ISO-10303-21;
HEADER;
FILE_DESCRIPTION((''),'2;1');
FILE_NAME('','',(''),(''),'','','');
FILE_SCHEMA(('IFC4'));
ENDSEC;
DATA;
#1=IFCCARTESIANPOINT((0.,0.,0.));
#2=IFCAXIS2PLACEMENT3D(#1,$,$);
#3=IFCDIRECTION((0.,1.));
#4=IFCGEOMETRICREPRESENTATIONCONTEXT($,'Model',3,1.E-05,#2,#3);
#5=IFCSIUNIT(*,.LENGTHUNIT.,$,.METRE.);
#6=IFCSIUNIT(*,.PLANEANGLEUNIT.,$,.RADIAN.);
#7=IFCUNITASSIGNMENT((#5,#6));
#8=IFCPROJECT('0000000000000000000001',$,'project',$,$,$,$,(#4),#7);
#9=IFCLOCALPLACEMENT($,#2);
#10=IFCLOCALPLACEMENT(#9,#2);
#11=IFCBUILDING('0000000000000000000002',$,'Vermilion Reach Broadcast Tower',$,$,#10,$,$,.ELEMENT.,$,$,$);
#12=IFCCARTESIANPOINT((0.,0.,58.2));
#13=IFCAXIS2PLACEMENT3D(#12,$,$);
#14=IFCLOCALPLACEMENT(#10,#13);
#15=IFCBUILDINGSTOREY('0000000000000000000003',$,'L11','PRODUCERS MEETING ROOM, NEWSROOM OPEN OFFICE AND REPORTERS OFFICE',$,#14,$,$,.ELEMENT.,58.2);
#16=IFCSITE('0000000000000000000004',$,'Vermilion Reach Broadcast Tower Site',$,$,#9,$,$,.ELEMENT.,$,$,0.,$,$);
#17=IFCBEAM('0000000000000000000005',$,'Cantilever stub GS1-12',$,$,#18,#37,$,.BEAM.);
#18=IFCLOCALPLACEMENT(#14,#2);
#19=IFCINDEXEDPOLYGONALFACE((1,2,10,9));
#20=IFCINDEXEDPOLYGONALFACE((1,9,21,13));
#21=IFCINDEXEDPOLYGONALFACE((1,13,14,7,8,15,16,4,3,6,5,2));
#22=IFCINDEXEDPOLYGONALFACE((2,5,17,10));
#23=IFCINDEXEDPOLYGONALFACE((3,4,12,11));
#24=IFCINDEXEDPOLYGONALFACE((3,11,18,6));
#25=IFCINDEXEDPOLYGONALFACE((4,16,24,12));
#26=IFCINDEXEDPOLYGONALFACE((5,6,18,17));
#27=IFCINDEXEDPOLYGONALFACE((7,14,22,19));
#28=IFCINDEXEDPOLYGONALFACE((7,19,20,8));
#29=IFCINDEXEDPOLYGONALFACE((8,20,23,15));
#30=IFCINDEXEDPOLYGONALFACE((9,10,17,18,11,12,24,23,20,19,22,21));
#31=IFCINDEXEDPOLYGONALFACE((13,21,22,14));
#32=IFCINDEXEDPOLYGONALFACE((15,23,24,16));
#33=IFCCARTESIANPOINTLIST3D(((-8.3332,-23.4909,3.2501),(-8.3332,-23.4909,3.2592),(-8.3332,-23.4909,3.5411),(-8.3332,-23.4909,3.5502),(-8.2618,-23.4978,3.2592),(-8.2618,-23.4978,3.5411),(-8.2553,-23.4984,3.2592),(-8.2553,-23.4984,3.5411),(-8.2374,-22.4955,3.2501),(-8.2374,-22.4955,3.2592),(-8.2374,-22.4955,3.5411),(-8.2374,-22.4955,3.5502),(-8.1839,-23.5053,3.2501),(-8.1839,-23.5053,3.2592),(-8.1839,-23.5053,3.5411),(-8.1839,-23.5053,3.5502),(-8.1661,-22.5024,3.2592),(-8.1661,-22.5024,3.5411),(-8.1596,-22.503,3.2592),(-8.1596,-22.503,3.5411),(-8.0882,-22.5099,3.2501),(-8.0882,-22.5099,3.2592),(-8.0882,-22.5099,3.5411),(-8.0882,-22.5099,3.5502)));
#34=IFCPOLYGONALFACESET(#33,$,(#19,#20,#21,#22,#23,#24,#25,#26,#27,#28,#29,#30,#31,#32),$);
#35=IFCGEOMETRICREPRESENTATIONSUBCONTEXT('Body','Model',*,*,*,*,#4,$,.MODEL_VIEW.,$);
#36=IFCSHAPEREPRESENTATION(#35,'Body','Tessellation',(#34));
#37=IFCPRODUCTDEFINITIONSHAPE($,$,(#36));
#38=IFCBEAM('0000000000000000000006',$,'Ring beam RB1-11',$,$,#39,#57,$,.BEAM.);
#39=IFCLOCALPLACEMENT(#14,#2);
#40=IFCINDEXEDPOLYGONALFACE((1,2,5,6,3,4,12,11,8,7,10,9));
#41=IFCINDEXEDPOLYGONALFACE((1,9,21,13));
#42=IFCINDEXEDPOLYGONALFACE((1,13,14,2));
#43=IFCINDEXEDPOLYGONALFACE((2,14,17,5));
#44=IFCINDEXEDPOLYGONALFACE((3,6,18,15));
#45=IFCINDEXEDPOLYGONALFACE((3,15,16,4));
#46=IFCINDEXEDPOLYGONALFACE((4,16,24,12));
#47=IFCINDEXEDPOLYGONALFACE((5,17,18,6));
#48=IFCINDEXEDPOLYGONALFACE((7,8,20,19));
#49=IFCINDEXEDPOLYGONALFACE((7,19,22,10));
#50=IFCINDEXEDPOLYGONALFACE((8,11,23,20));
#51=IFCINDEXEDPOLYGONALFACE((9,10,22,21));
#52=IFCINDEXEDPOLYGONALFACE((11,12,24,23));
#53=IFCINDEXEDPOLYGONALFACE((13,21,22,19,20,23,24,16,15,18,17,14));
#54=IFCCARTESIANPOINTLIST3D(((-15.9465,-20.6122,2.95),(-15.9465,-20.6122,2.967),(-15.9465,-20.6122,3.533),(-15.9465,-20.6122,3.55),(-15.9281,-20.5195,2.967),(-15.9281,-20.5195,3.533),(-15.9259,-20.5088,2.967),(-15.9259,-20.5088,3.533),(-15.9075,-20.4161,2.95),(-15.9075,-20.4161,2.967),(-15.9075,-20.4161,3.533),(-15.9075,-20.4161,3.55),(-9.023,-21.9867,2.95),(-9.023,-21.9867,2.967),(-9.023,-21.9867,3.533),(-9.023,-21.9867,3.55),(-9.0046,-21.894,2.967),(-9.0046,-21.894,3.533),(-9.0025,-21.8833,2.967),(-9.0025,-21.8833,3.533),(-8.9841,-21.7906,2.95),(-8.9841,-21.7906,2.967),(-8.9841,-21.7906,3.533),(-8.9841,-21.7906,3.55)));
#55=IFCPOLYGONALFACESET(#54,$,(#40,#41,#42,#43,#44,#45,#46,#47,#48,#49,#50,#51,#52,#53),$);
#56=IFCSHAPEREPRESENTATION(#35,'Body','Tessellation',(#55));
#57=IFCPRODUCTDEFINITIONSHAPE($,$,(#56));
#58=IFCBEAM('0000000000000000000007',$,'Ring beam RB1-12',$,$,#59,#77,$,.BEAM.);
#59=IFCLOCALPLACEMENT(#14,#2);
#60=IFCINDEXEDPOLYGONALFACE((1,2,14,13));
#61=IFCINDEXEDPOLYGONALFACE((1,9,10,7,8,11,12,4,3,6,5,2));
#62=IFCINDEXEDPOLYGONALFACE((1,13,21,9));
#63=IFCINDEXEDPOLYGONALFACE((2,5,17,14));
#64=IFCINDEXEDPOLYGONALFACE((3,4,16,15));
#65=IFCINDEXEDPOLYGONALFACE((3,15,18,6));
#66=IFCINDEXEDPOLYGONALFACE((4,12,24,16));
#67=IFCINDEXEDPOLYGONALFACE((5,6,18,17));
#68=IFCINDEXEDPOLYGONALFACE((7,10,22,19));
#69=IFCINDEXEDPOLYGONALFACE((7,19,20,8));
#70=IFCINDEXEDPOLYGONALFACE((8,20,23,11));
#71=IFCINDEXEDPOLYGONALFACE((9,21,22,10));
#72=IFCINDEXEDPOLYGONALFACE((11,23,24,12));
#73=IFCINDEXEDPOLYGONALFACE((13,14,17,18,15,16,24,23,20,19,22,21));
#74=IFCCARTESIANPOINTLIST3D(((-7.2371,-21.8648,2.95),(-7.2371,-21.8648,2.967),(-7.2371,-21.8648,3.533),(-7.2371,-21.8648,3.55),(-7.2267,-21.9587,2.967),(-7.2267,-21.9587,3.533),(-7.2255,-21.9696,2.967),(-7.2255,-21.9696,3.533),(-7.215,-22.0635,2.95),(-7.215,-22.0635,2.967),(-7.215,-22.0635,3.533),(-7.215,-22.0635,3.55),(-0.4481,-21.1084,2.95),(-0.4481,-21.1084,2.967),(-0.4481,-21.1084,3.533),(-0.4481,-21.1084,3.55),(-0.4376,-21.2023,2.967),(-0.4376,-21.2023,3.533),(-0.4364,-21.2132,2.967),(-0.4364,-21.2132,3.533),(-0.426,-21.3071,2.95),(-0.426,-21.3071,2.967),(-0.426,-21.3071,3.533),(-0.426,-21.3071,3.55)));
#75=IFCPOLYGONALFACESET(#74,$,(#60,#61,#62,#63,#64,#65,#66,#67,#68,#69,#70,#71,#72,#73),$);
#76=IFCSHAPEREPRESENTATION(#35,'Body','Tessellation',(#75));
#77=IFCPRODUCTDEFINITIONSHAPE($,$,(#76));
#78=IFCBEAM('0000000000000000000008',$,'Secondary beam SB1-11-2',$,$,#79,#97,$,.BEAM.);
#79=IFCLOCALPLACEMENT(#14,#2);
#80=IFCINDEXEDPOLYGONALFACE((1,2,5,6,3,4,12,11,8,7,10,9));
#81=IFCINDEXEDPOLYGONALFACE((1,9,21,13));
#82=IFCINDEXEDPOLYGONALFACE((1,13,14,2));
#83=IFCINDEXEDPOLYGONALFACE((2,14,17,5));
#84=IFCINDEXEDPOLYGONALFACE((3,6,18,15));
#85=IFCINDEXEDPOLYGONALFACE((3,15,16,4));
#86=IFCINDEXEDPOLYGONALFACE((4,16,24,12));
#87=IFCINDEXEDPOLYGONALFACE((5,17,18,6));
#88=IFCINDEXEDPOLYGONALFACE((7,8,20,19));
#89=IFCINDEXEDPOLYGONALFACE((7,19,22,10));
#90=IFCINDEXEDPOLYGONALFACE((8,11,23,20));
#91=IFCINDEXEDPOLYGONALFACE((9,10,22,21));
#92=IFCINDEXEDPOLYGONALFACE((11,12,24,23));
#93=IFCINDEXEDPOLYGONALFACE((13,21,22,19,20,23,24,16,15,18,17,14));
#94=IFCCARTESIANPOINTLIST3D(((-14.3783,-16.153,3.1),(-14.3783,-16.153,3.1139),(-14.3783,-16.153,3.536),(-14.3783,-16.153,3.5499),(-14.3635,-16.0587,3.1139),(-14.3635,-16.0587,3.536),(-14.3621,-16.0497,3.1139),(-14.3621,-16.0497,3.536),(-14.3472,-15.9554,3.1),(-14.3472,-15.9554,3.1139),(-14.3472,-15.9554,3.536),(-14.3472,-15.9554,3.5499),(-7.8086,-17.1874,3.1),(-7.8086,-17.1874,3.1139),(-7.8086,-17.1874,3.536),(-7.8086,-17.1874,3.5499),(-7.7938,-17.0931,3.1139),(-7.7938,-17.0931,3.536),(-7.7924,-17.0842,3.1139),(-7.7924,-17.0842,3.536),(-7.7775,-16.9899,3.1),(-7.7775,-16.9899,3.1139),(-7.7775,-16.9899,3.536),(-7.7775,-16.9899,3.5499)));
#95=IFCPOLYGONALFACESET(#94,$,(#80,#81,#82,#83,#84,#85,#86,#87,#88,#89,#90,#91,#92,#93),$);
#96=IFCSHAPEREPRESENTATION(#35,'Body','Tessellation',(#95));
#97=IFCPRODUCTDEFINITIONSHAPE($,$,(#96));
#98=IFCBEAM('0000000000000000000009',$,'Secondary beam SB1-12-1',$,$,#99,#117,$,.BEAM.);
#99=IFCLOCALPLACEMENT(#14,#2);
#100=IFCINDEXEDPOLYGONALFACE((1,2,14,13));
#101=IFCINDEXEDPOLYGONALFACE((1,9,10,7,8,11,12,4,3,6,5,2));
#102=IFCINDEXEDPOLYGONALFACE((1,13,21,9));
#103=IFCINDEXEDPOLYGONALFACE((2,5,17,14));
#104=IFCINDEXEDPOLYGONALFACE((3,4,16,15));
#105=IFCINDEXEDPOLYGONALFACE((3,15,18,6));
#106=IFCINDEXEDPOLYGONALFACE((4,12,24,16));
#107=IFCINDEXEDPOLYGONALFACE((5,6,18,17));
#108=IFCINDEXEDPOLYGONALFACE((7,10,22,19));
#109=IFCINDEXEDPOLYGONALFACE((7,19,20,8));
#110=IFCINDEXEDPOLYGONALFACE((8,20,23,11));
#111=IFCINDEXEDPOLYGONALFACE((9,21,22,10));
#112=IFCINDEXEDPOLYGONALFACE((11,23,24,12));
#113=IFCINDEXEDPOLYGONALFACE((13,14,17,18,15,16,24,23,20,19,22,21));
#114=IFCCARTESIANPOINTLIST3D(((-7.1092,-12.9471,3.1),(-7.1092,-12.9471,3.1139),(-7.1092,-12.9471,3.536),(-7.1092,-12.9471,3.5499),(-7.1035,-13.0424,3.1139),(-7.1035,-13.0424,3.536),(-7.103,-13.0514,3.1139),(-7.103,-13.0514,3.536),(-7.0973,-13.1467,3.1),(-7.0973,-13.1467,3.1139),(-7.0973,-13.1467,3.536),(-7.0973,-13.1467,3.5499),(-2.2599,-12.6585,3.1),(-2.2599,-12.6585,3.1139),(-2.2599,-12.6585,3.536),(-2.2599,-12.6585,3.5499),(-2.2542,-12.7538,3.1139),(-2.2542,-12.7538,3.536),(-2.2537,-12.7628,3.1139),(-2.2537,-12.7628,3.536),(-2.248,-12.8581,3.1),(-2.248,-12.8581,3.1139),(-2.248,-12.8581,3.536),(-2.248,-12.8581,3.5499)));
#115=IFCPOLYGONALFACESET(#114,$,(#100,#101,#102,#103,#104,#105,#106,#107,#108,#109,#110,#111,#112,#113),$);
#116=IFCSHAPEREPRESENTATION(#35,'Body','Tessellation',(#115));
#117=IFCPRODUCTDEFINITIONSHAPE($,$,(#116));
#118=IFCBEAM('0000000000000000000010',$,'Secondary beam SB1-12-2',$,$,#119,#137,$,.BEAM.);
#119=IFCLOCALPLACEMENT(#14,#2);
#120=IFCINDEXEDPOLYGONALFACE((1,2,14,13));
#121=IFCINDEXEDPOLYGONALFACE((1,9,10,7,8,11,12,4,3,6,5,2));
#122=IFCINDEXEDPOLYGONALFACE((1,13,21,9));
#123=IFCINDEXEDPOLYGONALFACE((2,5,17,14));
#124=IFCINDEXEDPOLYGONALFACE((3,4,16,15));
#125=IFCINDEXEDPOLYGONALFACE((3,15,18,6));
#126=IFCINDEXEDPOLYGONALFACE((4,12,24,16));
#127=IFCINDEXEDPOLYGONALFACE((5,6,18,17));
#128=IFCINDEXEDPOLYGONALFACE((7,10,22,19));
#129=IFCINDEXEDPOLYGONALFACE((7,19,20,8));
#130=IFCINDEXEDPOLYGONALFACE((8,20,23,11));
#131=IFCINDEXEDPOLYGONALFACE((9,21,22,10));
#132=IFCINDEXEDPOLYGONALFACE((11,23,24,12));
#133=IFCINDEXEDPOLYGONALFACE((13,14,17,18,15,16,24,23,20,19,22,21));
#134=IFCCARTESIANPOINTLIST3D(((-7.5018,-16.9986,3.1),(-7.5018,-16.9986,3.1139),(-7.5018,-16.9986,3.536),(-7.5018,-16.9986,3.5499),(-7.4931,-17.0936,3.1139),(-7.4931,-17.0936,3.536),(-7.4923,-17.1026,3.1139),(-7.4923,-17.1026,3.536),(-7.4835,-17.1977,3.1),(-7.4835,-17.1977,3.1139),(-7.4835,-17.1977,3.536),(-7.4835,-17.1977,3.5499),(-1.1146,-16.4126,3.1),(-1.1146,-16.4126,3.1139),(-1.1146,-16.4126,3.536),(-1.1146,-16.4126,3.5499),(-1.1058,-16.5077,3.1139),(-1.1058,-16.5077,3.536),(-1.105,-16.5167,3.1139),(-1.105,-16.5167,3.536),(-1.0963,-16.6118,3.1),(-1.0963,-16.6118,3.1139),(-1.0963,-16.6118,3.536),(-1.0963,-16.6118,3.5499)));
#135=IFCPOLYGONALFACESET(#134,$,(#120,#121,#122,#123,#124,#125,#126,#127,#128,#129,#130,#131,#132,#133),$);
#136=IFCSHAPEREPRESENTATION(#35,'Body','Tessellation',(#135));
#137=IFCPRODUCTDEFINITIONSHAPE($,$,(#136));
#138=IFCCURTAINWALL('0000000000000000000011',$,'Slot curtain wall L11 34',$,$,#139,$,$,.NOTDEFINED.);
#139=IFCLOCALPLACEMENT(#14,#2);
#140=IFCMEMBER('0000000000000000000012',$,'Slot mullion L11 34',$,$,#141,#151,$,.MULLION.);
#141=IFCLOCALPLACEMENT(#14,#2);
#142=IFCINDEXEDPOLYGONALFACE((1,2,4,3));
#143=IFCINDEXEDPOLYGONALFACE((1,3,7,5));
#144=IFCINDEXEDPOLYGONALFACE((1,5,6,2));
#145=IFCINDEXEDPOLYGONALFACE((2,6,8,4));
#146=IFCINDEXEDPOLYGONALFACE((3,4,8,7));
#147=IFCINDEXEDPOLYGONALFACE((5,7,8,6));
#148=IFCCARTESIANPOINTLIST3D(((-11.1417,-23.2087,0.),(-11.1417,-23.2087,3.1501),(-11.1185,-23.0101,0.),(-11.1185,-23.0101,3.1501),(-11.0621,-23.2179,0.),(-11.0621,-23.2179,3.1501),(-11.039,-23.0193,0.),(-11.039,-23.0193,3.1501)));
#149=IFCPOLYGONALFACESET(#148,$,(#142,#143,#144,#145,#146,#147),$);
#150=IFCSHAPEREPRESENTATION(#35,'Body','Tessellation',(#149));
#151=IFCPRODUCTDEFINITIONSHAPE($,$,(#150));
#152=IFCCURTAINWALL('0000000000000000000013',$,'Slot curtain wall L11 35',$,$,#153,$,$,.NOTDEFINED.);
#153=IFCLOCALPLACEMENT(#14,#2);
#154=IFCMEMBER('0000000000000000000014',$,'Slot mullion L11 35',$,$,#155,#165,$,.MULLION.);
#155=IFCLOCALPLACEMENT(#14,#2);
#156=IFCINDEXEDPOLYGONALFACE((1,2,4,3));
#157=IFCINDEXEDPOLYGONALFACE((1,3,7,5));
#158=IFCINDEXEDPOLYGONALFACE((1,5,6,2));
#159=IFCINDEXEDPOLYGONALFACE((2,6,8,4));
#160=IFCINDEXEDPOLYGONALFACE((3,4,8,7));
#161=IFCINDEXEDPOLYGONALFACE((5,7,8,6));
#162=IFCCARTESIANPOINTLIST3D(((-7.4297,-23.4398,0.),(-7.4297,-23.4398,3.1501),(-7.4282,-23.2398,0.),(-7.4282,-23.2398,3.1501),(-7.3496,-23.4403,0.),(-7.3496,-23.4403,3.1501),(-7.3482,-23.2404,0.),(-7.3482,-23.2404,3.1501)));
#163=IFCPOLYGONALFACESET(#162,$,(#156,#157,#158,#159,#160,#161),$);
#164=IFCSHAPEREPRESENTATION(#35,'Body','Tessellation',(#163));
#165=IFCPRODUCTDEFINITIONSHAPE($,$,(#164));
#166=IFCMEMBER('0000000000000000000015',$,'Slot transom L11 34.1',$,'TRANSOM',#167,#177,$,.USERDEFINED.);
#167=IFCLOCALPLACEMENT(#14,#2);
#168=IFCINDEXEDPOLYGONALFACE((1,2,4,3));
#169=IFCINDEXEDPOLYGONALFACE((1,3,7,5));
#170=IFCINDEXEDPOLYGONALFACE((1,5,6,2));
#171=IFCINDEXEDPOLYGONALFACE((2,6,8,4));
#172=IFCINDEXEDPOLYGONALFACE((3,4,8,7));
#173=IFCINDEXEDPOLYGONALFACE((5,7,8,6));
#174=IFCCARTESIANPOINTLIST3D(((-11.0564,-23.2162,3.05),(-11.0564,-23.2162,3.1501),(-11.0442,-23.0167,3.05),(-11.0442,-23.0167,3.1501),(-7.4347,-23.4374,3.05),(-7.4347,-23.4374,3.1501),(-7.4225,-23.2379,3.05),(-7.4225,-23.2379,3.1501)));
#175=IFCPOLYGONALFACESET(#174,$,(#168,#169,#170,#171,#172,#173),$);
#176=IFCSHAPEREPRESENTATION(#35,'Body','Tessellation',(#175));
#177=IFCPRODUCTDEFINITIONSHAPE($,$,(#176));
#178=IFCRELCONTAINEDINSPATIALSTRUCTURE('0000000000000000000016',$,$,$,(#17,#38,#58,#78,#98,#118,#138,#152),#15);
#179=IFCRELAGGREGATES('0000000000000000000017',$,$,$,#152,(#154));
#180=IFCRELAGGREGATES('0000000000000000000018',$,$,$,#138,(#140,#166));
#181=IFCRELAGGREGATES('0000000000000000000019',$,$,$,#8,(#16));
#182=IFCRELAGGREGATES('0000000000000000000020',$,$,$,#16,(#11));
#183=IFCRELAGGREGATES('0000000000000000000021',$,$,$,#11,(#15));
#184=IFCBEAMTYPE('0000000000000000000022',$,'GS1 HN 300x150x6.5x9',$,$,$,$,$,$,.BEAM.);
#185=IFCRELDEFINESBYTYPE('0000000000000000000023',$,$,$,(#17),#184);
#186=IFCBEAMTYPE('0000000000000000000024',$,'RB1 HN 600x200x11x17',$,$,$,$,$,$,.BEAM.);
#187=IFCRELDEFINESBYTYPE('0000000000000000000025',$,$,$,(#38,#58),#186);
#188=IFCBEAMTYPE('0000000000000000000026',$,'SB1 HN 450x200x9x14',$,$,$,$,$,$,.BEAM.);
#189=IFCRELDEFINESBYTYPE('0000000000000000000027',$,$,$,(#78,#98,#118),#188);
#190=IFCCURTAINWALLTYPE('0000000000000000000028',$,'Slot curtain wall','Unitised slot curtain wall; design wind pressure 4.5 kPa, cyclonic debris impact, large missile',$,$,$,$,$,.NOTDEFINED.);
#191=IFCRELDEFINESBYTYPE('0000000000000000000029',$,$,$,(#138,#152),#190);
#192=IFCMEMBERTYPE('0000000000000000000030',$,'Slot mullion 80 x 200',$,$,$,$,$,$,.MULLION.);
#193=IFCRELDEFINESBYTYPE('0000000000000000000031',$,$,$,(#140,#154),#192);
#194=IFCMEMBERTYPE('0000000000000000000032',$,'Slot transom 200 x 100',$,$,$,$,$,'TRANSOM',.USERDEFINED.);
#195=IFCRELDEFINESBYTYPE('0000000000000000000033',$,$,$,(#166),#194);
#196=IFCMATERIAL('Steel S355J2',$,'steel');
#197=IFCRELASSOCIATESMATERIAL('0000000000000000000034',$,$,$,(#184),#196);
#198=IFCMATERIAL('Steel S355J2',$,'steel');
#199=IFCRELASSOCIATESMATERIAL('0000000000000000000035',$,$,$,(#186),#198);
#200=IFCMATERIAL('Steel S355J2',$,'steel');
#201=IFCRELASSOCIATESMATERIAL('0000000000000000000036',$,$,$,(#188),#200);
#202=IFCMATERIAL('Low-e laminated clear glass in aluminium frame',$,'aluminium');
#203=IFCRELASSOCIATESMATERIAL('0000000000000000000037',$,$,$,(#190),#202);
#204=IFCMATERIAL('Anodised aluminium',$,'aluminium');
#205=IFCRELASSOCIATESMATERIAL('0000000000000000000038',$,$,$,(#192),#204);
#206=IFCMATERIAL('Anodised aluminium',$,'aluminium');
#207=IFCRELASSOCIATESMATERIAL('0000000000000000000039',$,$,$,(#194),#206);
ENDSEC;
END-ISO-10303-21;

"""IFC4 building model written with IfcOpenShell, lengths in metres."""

from ifc_helpers import new_model, si_unit, direction, frame, origin, origin_2d, place, context, subcontext, project, spatial, rectangle, i_section, extrude, material, material_profile, profile_set, type_object, element, aggregate, save


model = new_model("IFC4")

# Units and contexts
model_context = context("Model", 3, precision=1e-05, world=origin(), true_north=direction((0.0, 1.0)))
body_context = subcontext(model_context, "Body", "Model", "MODEL_VIEW")
ifc_project = project(units=[si_unit("LENGTHUNIT", "METRE"), si_unit("PLANEANGLEUNIT", "RADIAN")], contexts=[model_context])

# Site, building, storey
site_placement = place(None, origin())
site = spatial("IfcSite", under=ifc_project, at=site_placement, Name="Vermilion Reach Broadcast Tower Site", CompositionType="ELEMENT", RefElevation=0.0)
building_placement = place(site_placement, origin())
building = spatial("IfcBuilding", under=site, at=building_placement, Name="Vermilion Reach Broadcast Tower", CompositionType="ELEMENT")
storey_placement = place(building_placement, frame((0.0, 0.0, 58.2)))
storey = spatial("IfcBuildingStorey", under=building, at=storey_placement, Name="L11", Description="PRODUCERS MEETING ROOM, NEWSROOM OPEN OFFICE AND REPORTERS OFFICE", CompositionType="ELEMENT", Elevation=58.2)

# Beams
ifc_material_1 = material(Name="Steel S355J2", Category="steel")
ifc_material_profile_1 = material_profile(ifc_material_1, i_section(OverallWidth=0.1499, OverallDepth=0.3, WebThickness=0.0066, FlangeThickness=0.009, at=origin_2d()), Name="S355J2 HN 300x150x6.5x9")
ifc_profile_set_1 = profile_set([ifc_material_profile_1], Name="Steel S355J2")
beam_type_1 = type_object("IfcBeamType", Name="GS1 HN 300x150x6.5x9", PredefinedType="BEAM", material=ifc_profile_set_1)
for number, where, z_axis, x_axis, name in (
    (1, (-8.1628, -22.5027, 3.4001), (-0.095708, -0.995409, 0.0), (0.995409, -0.095708, 0.0), "Cantilever stub GS1-12"),
):
    element("IfcBeam", number, at=place(storey_placement, frame(where, z_axis=z_axis, x_axis=x_axis)), inside=storey, type_object=beam_type_1, Name=name, PredefinedType="BEAM", context=body_context, shape_type="SweptSolid", body=[
        extrude(i_section(OverallWidth=0.1499, OverallDepth=0.3, WebThickness=0.0066, FlangeThickness=0.009, at=origin_2d()), origin(), (0.0, 0.0, 1.0), 1.0),
    ])
ifc_material_2 = material(Name="Steel S355J2", Category="steel")
ifc_material_profile_2 = material_profile(ifc_material_2, i_section(OverallWidth=0.2, OverallDepth=0.6001, WebThickness=0.011, FlangeThickness=0.0171, at=origin_2d()), Name="S355J2 HN 600x200x11x17")
ifc_profile_set_2 = profile_set([ifc_material_profile_2], Name="Steel S355J2")
beam_type_2 = type_object("IfcBeamType", Name="RB1 HN 600x200x11x17", PredefinedType="BEAM", material=ifc_profile_set_2)
beam_1_placement = place(storey_placement, frame((-15.927, -20.5142, 3.25), z_axis=(0.980858, -0.194726, 0.0), x_axis=(0.194726, 0.980858, 0.0)))
element("IfcBeam", 2, at=beam_1_placement, inside=storey, type_object=beam_type_2, Name="Ring beam RB1-11", PredefinedType="BEAM", context=body_context, shape_type="SweptSolid", body=[
    extrude(i_section(OverallWidth=0.2, OverallDepth=0.6001, WebThickness=0.011, FlangeThickness=0.0171, at=origin_2d()), origin(), (0.0, 0.0, 1.0), 7.0586),
])
beam_2_placement = place(storey_placement, frame((-7.2261, -21.9641, 3.25), z_axis=(0.993851, 0.110722, 0.0), x_axis=(-0.110722, 0.993851, 0.0)))
element("IfcBeam", 3, at=beam_2_placement, inside=storey, type_object=beam_type_2, Name="Ring beam RB1-12", PredefinedType="BEAM", context=body_context, shape_type="SweptSolid", body=[
    extrude(i_section(OverallWidth=0.2, OverallDepth=0.6001, WebThickness=0.011, FlangeThickness=0.0171, at=origin_2d()), origin(), (0.0, 0.0, 1.0), 6.8311),
])
ifc_material_3 = material(Name="Steel S355J2", Category="steel")
ifc_material_profile_3 = material_profile(ifc_material_3, i_section(OverallWidth=0.2, OverallDepth=0.45, WebThickness=0.009, FlangeThickness=0.0139, at=origin_2d()), Name="S355J2 HN 450x200x9x14")
ifc_profile_set_3 = profile_set([ifc_material_profile_3], Name="Steel S355J2")
beam_type_3 = type_object("IfcBeamType", Name="SB1 HN 450x200x9x14", PredefinedType="BEAM", material=ifc_profile_set_3)
beam_3_placement = place(storey_placement, frame((-14.3628, -16.0542, 3.325), z_axis=(0.98783, -0.15554, 0.0), x_axis=(0.15554, 0.98783, 0.0)))
element("IfcBeam", 4, at=beam_3_placement, inside=storey, type_object=beam_type_3, Name="Secondary beam SB1-11-2", PredefinedType="BEAM", context=body_context, shape_type="SweptSolid", body=[
    extrude(i_section(OverallWidth=0.2, OverallDepth=0.45, WebThickness=0.009, FlangeThickness=0.0139, at=origin_2d()), origin(), (0.0, 0.0, 1.0), 6.6506),
])
beam_4_placement = place(storey_placement, frame((-7.1033, -13.0469, 3.325), z_axis=(0.998234, 0.059403, 0.0), x_axis=(-0.059403, 0.998234, 0.0)))
element("IfcBeam", 5, at=beam_4_placement, inside=storey, type_object=beam_type_3, Name="Secondary beam SB1-12-1", PredefinedType="BEAM", context=body_context, shape_type="SweptSolid", body=[
    extrude(i_section(OverallWidth=0.2, OverallDepth=0.45, WebThickness=0.009, FlangeThickness=0.0139, at=origin_2d()), origin(), (0.0, 0.0, 1.0), 4.8579),
])
beam_5_placement = place(storey_placement, frame((-7.4927, -17.0981, 3.325), z_axis=(0.995819, 0.091353, 0.0), x_axis=(-0.091353, 0.995819, 0.0)))
element("IfcBeam", 6, at=beam_5_placement, inside=storey, type_object=beam_type_3, Name="Secondary beam SB1-12-2", PredefinedType="BEAM", context=body_context, shape_type="SweptSolid", body=[
    extrude(i_section(OverallWidth=0.2, OverallDepth=0.45, WebThickness=0.009, FlangeThickness=0.0139, at=origin_2d()), origin(), (0.0, 0.0, 1.0), 6.4141),
])

# Curtain walls, members
ifc_material_4 = material(Name="Low-e laminated clear glass in aluminium frame", Category="aluminium")
curtain_wall_type = type_object("IfcCurtainWallType", Name="Slot curtain wall", Description="Unitised slot curtain wall; design wind pressure 4.5 kPa, cyclonic debris impact, large missile", PredefinedType="NOTDEFINED", material=ifc_material_4)
placement = place(storey_placement, origin())
curtain_wall_1 = element("IfcCurtainWall", 7, at=placement, inside=storey, type_object=curtain_wall_type, Name="Slot curtain wall L11 34", PredefinedType="NOTDEFINED")
ifc_material_5 = material(Name="Anodised aluminium", Category="aluminium")
ifc_material_profile_4 = material_profile(ifc_material_5, rectangle(XDim=0.2, YDim=0.0801, at=origin_2d()), Name="Slot mullion 80 x 200")
ifc_profile_set_4 = profile_set([ifc_material_profile_4], Name="Anodised aluminium")
member_type_1 = type_object("IfcMemberType", Name="Slot mullion 80 x 200", PredefinedType="MULLION", material=ifc_profile_set_4)
member_1_placement = place(storey_placement, frame((-11.0903, -23.114, 0.0), z_axis=(0.0, 0.0, 1.0), x_axis=(0.115648, 0.99329, 0.0)))
member_1 = element("IfcMember", 8, at=member_1_placement, type_object=member_type_1, Name="Slot mullion L11 34", PredefinedType="MULLION", context=body_context, shape_type="SweptSolid", body=[
    extrude(rectangle(XDim=0.2, YDim=0.0801, at=origin_2d()), origin(), (0.0, 0.0, 1.0), 3.1501),
])
curtain_wall_2 = element("IfcCurtainWall", 9, at=placement, inside=storey, type_object=curtain_wall_type, Name="Slot curtain wall L11 35", PredefinedType="NOTDEFINED")
member_2_placement = place(storey_placement, frame((-7.3889, -23.3401, 0.0), z_axis=(0.0, 0.0, 1.0), x_axis=(0.007085, 0.999975, 0.0)))
member_2 = element("IfcMember", 10, at=member_2_placement, type_object=member_type_1, Name="Slot mullion L11 35", PredefinedType="MULLION", context=body_context, shape_type="SweptSolid", body=[
    extrude(rectangle(XDim=0.2, YDim=0.0801, at=origin_2d()), origin(), (0.0, 0.0, 1.0), 3.1501),
])

# Member
ifc_material_6 = material(Name="Anodised aluminium", Category="aluminium")
ifc_material_profile_5 = material_profile(ifc_material_6, rectangle(XDim=0.2, YDim=0.1001, at=origin_2d()), Name="Slot transom 200 x 100")
ifc_profile_set_5 = profile_set([ifc_material_profile_5], Name="Anodised aluminium")
member_type_2 = type_object("IfcMemberType", Name="Slot transom 200 x 100", ElementType="TRANSOM", PredefinedType="USERDEFINED", material=ifc_profile_set_5)
member_3_placement = place(storey_placement, frame((-11.0503, -23.1165, 3.1001), z_axis=(0.99814, -0.060962, 0.0), x_axis=(0.060962, 0.99814, 0.0)))
member_3 = element("IfcMember", 11, at=member_3_placement, type_object=member_type_2, Name="Slot transom L11 34.1", ObjectType="TRANSOM", PredefinedType="USERDEFINED", context=body_context, shape_type="SweptSolid", body=[
    extrude(rectangle(XDim=0.2, YDim=0.1001, at=origin_2d()), origin(), (0.0, 0.0, 1.0), 3.6284),
])
aggregate(curtain_wall_2, [member_2])

aggregate(curtain_wall_1, [member_1, member_3])

save(model, "model.ifc")
